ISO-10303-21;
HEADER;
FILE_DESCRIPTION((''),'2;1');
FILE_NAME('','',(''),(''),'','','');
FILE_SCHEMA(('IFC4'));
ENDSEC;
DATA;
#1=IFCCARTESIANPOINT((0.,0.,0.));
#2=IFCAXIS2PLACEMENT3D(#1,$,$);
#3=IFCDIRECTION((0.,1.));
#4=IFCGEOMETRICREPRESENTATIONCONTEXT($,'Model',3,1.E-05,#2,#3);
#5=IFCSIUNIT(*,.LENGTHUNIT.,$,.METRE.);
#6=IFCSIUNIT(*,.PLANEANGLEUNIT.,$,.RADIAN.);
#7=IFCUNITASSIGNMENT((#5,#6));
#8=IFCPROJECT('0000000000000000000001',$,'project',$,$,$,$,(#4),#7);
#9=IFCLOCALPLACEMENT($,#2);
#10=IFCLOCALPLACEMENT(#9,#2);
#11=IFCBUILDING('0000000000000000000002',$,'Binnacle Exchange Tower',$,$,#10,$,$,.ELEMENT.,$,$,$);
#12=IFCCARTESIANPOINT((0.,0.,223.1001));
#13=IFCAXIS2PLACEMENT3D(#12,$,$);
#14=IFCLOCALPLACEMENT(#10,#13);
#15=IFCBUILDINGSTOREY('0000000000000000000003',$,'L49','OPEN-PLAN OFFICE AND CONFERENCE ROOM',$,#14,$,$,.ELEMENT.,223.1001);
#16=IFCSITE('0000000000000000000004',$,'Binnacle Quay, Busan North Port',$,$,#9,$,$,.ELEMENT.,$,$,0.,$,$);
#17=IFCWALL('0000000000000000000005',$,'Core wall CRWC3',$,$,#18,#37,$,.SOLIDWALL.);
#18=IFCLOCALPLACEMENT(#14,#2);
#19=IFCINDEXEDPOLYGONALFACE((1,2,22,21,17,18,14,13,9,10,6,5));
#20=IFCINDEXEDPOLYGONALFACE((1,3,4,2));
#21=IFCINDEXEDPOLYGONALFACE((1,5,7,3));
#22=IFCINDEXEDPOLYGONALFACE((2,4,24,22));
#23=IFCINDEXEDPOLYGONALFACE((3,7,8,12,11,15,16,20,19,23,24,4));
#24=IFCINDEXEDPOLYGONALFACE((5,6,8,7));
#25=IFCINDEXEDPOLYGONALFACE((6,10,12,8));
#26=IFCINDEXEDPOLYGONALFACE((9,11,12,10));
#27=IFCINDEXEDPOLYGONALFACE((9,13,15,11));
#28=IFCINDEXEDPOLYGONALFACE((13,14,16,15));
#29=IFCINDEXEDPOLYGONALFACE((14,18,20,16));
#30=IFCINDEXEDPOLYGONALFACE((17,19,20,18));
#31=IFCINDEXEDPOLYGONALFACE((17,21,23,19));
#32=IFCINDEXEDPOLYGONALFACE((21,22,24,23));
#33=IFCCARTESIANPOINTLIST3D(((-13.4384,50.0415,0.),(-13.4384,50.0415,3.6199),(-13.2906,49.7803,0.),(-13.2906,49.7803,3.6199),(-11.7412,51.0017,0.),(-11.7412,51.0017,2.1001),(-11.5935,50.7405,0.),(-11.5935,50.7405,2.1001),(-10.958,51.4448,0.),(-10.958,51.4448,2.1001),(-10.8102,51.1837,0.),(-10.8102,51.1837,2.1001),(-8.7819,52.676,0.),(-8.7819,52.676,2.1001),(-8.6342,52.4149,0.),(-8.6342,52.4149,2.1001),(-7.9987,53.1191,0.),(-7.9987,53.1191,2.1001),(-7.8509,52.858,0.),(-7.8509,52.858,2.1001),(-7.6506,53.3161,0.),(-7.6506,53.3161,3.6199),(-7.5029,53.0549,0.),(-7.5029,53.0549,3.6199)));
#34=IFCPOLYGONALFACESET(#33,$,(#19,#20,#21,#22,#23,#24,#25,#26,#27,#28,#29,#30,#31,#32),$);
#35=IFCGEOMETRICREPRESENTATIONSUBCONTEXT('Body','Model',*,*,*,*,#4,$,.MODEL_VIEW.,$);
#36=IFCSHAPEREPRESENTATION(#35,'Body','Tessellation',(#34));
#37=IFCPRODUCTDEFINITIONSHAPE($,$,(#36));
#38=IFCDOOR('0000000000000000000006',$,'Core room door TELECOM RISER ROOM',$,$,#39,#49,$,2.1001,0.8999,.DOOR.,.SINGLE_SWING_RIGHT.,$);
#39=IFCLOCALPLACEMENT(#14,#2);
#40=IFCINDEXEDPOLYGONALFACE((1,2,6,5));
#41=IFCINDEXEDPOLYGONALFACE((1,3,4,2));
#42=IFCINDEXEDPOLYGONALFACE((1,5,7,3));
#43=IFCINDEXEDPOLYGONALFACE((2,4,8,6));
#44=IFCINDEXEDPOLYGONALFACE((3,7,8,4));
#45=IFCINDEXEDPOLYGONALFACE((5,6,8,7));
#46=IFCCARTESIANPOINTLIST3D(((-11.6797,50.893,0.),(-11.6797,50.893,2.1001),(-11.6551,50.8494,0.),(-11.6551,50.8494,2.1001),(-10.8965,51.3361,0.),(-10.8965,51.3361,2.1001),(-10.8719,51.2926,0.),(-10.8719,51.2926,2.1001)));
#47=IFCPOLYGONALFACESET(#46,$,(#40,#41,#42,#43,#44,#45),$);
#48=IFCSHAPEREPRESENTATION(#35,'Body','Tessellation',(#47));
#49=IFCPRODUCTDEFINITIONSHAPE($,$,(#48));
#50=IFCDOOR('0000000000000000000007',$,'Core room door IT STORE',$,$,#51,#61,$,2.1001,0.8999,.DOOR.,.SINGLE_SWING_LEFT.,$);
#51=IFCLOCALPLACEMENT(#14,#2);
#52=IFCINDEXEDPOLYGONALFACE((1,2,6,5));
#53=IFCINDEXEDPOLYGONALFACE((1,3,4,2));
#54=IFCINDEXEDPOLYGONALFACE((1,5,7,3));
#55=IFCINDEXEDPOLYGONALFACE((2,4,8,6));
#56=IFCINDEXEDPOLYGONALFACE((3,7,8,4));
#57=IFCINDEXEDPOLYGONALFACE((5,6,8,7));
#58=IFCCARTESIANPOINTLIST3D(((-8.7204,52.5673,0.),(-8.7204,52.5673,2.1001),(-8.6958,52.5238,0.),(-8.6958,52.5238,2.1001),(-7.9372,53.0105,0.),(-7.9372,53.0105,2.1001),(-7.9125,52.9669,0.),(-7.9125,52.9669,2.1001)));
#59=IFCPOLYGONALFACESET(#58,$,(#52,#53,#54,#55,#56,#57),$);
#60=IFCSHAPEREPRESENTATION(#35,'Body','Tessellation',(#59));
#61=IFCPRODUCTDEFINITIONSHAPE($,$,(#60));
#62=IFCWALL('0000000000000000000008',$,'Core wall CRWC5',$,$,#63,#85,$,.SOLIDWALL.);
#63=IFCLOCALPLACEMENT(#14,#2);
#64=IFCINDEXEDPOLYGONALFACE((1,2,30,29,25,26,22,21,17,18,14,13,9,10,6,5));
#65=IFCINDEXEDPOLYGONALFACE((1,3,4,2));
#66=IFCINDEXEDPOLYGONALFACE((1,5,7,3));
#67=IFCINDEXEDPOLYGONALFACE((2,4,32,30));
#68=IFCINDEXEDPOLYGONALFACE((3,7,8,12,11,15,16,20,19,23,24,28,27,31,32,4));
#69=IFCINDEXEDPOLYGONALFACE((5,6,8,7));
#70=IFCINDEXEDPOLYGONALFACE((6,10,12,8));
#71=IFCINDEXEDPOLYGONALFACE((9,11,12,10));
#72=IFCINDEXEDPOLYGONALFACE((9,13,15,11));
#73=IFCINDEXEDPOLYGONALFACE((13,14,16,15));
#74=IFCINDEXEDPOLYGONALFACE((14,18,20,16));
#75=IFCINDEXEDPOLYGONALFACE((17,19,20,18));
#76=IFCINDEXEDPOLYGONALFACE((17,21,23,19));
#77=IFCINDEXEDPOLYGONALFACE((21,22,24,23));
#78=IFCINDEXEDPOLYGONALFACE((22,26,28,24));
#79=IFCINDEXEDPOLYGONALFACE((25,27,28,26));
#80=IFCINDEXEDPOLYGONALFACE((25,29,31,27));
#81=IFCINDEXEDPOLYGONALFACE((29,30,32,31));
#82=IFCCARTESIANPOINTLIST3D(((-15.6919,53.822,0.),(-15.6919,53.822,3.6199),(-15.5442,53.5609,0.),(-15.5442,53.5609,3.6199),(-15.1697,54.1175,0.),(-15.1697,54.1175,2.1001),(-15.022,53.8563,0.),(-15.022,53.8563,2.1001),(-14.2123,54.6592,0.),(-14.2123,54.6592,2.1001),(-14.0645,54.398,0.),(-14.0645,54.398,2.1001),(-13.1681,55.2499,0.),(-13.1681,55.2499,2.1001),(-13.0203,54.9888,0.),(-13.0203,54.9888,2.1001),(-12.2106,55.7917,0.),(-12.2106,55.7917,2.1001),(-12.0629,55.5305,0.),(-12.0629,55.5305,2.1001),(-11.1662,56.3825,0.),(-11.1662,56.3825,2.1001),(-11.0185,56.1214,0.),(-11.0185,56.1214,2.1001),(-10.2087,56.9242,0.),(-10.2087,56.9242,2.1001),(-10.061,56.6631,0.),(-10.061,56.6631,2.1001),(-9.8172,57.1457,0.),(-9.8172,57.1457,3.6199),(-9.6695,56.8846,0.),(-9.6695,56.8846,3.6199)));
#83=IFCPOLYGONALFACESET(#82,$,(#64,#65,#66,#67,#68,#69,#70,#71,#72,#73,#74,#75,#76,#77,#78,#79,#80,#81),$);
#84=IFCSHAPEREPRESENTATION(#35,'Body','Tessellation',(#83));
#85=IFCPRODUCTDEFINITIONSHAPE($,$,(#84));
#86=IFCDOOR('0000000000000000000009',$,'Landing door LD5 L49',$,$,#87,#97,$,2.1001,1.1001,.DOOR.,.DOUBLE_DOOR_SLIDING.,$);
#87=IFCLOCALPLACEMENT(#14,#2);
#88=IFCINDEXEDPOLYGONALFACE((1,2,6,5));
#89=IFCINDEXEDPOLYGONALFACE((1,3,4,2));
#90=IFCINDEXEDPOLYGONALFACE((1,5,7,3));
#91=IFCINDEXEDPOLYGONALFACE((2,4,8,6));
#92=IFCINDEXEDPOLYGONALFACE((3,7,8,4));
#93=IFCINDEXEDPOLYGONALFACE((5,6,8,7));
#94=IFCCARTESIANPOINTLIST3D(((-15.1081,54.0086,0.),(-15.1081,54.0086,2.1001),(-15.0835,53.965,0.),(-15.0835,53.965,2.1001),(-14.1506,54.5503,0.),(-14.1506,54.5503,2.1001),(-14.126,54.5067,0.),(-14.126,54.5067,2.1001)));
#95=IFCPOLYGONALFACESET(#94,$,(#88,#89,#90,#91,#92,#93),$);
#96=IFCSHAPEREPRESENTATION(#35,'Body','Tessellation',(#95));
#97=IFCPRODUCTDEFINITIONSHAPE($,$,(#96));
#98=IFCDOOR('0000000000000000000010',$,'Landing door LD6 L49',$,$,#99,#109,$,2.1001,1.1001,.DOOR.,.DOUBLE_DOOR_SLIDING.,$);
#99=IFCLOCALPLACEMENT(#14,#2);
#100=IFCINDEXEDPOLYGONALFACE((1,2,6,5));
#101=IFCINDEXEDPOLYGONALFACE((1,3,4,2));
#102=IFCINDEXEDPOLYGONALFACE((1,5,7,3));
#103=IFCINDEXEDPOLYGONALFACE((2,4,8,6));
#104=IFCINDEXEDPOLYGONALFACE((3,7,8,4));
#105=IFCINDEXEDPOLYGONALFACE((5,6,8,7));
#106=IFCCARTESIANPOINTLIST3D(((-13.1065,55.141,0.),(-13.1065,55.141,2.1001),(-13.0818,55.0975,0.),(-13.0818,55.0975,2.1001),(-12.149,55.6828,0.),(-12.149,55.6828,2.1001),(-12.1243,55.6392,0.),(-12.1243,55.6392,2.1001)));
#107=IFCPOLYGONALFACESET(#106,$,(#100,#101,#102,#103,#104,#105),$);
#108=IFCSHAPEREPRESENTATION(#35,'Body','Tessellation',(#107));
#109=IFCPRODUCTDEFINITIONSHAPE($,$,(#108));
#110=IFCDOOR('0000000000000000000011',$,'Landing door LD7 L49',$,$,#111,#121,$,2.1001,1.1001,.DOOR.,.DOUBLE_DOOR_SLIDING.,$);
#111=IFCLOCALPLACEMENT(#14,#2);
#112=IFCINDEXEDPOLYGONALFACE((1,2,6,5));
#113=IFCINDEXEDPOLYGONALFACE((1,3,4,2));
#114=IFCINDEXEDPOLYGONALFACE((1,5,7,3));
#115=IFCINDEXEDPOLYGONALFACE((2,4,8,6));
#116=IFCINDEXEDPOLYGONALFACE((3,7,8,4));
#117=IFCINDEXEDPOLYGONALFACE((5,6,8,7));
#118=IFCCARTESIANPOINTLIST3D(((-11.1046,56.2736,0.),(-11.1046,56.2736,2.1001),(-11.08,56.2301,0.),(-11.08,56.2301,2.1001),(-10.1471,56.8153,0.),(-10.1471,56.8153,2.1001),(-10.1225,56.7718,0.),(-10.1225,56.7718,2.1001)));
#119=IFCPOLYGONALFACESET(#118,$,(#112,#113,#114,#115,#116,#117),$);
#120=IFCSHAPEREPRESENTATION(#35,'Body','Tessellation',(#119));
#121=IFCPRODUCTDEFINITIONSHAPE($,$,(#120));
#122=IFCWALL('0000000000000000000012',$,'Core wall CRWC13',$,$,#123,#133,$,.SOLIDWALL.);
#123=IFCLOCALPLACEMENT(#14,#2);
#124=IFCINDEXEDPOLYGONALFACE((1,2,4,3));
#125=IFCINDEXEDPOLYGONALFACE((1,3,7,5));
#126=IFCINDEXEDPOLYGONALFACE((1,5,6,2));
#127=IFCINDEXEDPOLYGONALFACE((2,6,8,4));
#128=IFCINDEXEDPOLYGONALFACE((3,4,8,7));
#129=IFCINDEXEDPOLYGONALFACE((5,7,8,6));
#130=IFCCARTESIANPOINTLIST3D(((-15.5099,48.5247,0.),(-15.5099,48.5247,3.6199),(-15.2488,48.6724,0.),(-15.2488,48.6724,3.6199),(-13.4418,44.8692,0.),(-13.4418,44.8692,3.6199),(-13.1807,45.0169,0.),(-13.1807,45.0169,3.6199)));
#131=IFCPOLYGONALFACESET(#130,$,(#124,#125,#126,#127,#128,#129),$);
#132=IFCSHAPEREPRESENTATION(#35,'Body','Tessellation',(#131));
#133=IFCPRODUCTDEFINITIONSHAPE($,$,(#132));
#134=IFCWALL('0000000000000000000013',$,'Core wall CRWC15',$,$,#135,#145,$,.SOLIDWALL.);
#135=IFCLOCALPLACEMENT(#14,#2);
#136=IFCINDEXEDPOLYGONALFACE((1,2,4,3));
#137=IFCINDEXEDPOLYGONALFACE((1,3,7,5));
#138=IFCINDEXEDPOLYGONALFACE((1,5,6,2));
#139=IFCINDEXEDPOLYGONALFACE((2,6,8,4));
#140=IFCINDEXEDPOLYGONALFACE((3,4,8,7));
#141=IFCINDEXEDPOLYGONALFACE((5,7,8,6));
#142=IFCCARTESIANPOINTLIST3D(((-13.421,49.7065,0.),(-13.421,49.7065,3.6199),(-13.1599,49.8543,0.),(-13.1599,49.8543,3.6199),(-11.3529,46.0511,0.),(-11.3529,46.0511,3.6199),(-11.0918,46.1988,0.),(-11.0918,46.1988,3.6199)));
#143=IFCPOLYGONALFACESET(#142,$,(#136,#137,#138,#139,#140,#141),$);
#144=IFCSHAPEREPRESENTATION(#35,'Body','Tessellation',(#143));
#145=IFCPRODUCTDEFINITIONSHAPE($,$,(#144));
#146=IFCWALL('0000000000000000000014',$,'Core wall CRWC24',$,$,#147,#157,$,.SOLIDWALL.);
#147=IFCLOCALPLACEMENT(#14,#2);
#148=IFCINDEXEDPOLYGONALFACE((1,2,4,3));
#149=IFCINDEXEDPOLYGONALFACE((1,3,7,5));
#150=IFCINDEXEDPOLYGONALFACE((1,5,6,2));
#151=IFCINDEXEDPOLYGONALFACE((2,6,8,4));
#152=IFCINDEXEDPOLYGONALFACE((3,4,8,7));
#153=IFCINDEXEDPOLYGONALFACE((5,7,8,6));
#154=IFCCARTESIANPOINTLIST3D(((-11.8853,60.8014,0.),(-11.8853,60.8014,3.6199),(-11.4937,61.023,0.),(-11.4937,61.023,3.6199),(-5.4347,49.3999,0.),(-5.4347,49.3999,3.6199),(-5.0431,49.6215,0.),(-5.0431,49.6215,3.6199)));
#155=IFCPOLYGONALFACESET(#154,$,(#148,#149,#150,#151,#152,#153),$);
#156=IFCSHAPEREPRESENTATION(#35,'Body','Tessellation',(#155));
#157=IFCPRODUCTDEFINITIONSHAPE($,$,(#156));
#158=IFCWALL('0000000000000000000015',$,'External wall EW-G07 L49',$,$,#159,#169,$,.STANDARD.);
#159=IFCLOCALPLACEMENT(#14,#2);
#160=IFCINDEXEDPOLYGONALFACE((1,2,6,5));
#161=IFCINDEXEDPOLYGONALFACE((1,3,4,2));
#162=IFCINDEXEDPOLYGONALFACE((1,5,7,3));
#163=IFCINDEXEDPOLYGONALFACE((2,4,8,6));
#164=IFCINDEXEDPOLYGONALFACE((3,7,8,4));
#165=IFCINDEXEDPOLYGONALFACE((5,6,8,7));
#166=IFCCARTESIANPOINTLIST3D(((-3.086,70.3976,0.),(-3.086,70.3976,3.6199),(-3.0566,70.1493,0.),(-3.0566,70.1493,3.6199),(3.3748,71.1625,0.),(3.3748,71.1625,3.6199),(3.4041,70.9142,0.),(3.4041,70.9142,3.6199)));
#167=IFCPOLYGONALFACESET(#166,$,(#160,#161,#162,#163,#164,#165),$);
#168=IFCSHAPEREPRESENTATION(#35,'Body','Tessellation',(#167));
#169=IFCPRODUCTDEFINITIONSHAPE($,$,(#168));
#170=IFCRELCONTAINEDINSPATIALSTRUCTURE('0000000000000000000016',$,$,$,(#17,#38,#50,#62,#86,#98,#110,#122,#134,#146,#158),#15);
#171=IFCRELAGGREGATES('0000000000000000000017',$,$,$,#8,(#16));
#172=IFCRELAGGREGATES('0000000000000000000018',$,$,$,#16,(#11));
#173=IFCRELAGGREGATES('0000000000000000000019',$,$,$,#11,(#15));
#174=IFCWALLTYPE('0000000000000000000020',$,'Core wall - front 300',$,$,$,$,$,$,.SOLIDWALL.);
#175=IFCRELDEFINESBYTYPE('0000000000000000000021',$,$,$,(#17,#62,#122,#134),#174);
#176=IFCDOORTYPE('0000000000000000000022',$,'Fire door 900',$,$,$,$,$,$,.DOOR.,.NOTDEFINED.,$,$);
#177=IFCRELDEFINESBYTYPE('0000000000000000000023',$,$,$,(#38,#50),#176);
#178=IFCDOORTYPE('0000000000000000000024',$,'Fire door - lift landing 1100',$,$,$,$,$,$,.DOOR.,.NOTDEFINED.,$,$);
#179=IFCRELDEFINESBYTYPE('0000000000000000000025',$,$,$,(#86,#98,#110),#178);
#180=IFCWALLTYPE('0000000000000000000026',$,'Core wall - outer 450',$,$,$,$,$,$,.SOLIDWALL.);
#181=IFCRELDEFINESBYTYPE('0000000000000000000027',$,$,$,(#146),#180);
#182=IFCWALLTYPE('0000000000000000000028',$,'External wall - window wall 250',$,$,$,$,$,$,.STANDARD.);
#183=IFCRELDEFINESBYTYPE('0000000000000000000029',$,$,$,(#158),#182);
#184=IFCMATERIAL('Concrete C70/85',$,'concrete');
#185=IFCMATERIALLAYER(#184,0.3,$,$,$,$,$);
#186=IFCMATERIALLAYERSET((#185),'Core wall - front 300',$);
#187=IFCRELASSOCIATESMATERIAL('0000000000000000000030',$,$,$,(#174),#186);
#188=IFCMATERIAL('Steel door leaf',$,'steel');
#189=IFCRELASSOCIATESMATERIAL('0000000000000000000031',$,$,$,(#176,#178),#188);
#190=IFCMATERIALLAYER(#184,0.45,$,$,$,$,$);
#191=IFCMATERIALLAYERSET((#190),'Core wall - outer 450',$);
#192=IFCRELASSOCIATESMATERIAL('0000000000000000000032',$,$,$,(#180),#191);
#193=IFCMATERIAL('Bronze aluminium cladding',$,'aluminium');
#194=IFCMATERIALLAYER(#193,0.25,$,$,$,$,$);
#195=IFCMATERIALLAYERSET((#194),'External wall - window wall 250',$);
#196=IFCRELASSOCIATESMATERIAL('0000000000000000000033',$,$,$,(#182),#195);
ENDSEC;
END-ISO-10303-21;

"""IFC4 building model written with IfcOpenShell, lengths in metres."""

from ifc_helpers import new_model, si_unit, direction, frame, frame_2d, origin, place, context, subcontext, project, spatial, rectangle, extrude, material, layer, layer_set, type_object, element, fill, save


model = new_model("IFC4")

# Units and contexts
model_context = context("Model", 3, precision=1e-05, world=origin(), true_north=direction((0.0, 1.0)))
body_context = subcontext(model_context, "Body", "Model", "MODEL_VIEW")
ifc_project = project(units=[si_unit("LENGTHUNIT", "METRE"), si_unit("PLANEANGLEUNIT", "RADIAN")], contexts=[model_context])

# Site, building, storey
site_placement = place(None, origin())
site = spatial("IfcSite", under=ifc_project, at=site_placement, Name="Binnacle Quay, Busan North Port", CompositionType="ELEMENT", RefElevation=0.0)
building_placement = place(site_placement, origin())
building = spatial("IfcBuilding", under=site, at=building_placement, Name="Binnacle Exchange Tower", CompositionType="ELEMENT")
storey_placement = place(building_placement, frame((0.0, 0.0, 223.1001)))
storey = spatial("IfcBuildingStorey", under=building, at=storey_placement, Name="L49", Description="OPEN-PLAN OFFICE AND CONFERENCE ROOM", CompositionType="ELEMENT", Elevation=223.1001)

# Walls, openings, doors
ifc_material_1 = material(Name="Concrete C70/85", Category="concrete")
ifc_layer_1 = layer(ifc_material_1, 0.3)
ifc_layer_set_1 = layer_set([ifc_layer_1], Name="Core wall - front 300")
wall_type_1 = type_object("IfcWallType", Name="Core wall - front 300", PredefinedType="SOLIDWALL", material=ifc_layer_set_1)
wall_1_placement = place(storey_placement, frame((-13.3645, 49.9109, 0.0), z_axis=(0.0, 0.0, 1.0), x_axis=(0.870352, 0.49243, 0.0)))
wall_1 = element("IfcWall", 1, at=wall_1_placement, inside=storey, type_object=wall_type_1, Name="Core wall CRWC3", PredefinedType="SOLIDWALL", context=body_context, shape_type="SweptSolid", body=[
    extrude(rectangle(XDim=6.6499, YDim=0.3, at=frame_2d((3.325, 0.0))), origin(), (0.0, 0.0, 1.0), 3.6199),
])
opening_1_placement = place(wall_1_placement, frame((1.95, 0.0, 0.0)))
opening_1 = element("IfcOpeningElement", 2, at=opening_1_placement, cuts=wall_1, PredefinedType="OPENING", context=body_context, shape_type="SweptSolid", body=[
    extrude(rectangle(XDim=0.8999, YDim=2.1001, at=frame_2d((0.45, 1.05))), frame((0.0, 0.1599, 0.0), z_axis=(0.0, -1.0, 0.0), x_axis=(1.0, 0.0, 0.0)), (0.0, 0.0, 1.0), 0.3201),
])
opening_2_placement = place(wall_1_placement, frame((5.3501, 0.0, 0.0)))
opening_2 = element("IfcOpeningElement", 3, at=opening_2_placement, cuts=wall_1, PredefinedType="OPENING", context=body_context, shape_type="SweptSolid", body=[
    extrude(rectangle(XDim=0.8999, YDim=2.1001, at=frame_2d((0.45, 1.05))), frame((0.0, 0.1599, 0.0), z_axis=(0.0, -1.0, 0.0), x_axis=(1.0, 0.0, 0.0)), (0.0, 0.0, 1.0), 0.3201),
])
ifc_material_2 = material(Name="Steel door leaf", Category="steel")
door_type_1 = type_object("IfcDoorType", Name="Fire door 900", OperationType="NOTDEFINED", PredefinedType="DOOR", material=ifc_material_2)
door_1_placement = place(opening_1_placement, frame((0.8999, 0.0, 0.0), z_axis=(0.0, 0.0, 1.0), x_axis=(-1.0, 0.0, 0.0)))
door_1 = element("IfcDoor", 4, at=door_1_placement, inside=storey, type_object=door_type_1, Name="Core room door TELECOM RISER ROOM", OperationType="SINGLE_SWING_RIGHT", OverallHeight=2.1001, OverallWidth=0.8999, PredefinedType="DOOR", context=body_context, shape_type="SweptSolid", body=[
    extrude(rectangle(XDim=0.8999, YDim=2.1001, at=frame_2d((0.45, 1.05))), frame((0.0, 0.0249, 0.0), z_axis=(0.0, -1.0, 0.0), x_axis=(1.0, 0.0, 0.0)), (0.0, 0.0, 1.0), 0.05),
])
fill(opening_1, door_1)
door_2_placement = place(opening_2_placement, frame((0.8999, 0.0, 0.0), z_axis=(0.0, 0.0, 1.0), x_axis=(-1.0, 0.0, 0.0)))
door_2 = element("IfcDoor", 5, at=door_2_placement, inside=storey, type_object=door_type_1, Name="Core room door IT STORE", OperationType="SINGLE_SWING_LEFT", OverallHeight=2.1001, OverallWidth=0.8999, PredefinedType="DOOR", context=body_context, shape_type="SweptSolid", body=[
    extrude(rectangle(XDim=0.8999, YDim=2.1001, at=frame_2d((0.45, 1.05))), frame((0.0, 0.0249, 0.0), z_axis=(0.0, -1.0, 0.0), x_axis=(1.0, 0.0, 0.0)), (0.0, 0.0, 1.0), 0.05),
])
fill(opening_2, door_2)
wall_2_placement = place(storey_placement, frame((-15.6182, 53.6914, 0.0), z_axis=(0.0, 0.0, 1.0), x_axis=(0.870359, 0.492418, 0.0)))
wall_2 = element("IfcWall", 6, at=wall_2_placement, inside=storey, type_object=wall_type_1, Name="Core wall CRWC5", PredefinedType="SOLIDWALL", context=body_context, shape_type="SweptSolid", body=[
    extrude(rectangle(XDim=6.7498, YDim=0.3, at=frame_2d((3.375, 0.0))), origin(), (0.0, 0.0, 1.0), 3.6199),
])
opening_3_placement = place(wall_2_placement, frame((0.6001, 0.0, 0.0)))
opening_3 = element("IfcOpeningElement", 7, at=opening_3_placement, cuts=wall_2, PredefinedType="OPENING", context=body_context, shape_type="SweptSolid", body=[
    extrude(rectangle(XDim=1.1001, YDim=2.1001, at=frame_2d((0.55, 1.05))), frame((0.0, 0.1599, 0.0), z_axis=(0.0, -1.0, 0.0), x_axis=(1.0, 0.0, 0.0)), (0.0, 0.0, 1.0), 0.3201),
])
opening_4_placement = place(wall_2_placement, frame((2.8999, 0.0, 0.0)))
opening_4 = element("IfcOpeningElement", 8, at=opening_4_placement, cuts=wall_2, PredefinedType="OPENING", context=body_context, shape_type="SweptSolid", body=[
    extrude(rectangle(XDim=1.1001, YDim=2.1001, at=frame_2d((0.55, 1.05))), frame((0.0, 0.1599, 0.0), z_axis=(0.0, -1.0, 0.0), x_axis=(1.0, 0.0, 0.0)), (0.0, 0.0, 1.0), 0.3201),
])
opening_5_placement = place(wall_2_placement, frame((5.2, 0.0, 0.0)))
opening_5 = element("IfcOpeningElement", 9, at=opening_5_placement, cuts=wall_2, PredefinedType="OPENING", context=body_context, shape_type="SweptSolid", body=[
    extrude(rectangle(XDim=1.1001, YDim=2.1001, at=frame_2d((0.55, 1.05))), frame((0.0, 0.1599, 0.0), z_axis=(0.0, -1.0, 0.0), x_axis=(1.0, 0.0, 0.0)), (0.0, 0.0, 1.0), 0.3201),
])
door_type_2 = type_object("IfcDoorType", Name="Fire door - lift landing 1100", OperationType="NOTDEFINED", PredefinedType="DOOR", material=ifc_material_2)
door_3_placement = place(opening_3_placement, origin())
door_3 = element("IfcDoor", 10, at=door_3_placement, inside=storey, type_object=door_type_2, Name="Landing door LD5 L49", OperationType="DOUBLE_DOOR_SLIDING", OverallHeight=2.1001, OverallWidth=1.1001, PredefinedType="DOOR", context=body_context, shape_type="SweptSolid", body=[
    extrude(rectangle(XDim=1.1001, YDim=2.1001, at=frame_2d((0.55, 1.05))), frame((0.0, 0.0249, 0.0), z_axis=(0.0, -1.0, 0.0), x_axis=(1.0, 0.0, 0.0)), (0.0, 0.0, 1.0), 0.05),
])
fill(opening_3, door_3)
door_4_placement = place(opening_4_placement, origin())
door_4 = element("IfcDoor", 11, at=door_4_placement, inside=storey, type_object=door_type_2, Name="Landing door LD6 L49", OperationType="DOUBLE_DOOR_SLIDING", OverallHeight=2.1001, OverallWidth=1.1001, PredefinedType="DOOR", context=body_context, shape_type="SweptSolid", body=[
    extrude(rectangle(XDim=1.1001, YDim=2.1001, at=frame_2d((0.55, 1.05))), frame((0.0, 0.0249, 0.0), z_axis=(0.0, -1.0, 0.0), x_axis=(1.0, 0.0, 0.0)), (0.0, 0.0, 1.0), 0.05),
])
fill(opening_4, door_4)
door_5_placement = place(opening_5_placement, origin())
door_5 = element("IfcDoor", 12, at=door_5_placement, inside=storey, type_object=door_type_2, Name="Landing door LD7 L49", OperationType="DOUBLE_DOOR_SLIDING", OverallHeight=2.1001, OverallWidth=1.1001, PredefinedType="DOOR", context=body_context, shape_type="SweptSolid", body=[
    extrude(rectangle(XDim=1.1001, YDim=2.1001, at=frame_2d((0.55, 1.05))), frame((0.0, 0.0249, 0.0), z_axis=(0.0, -1.0, 0.0), x_axis=(1.0, 0.0, 0.0)), (0.0, 0.0, 1.0), 0.05),
])
fill(opening_5, door_5)

# Walls
for number, where, z_axis, x_axis, name in (
    (13, (-15.3794, 48.5986, 0.0), (0.0, 0.0, 1.0), (0.49241, -0.870364, 0.0), "Core wall CRWC13"),
    (14, (-13.2905, 49.7805, 0.0), (0.0, 0.0, 1.0), (0.49241, -0.870364, 0.0), "Core wall CRWC15"),
):
    element("IfcWall", number, at=place(storey_placement, frame(where, z_axis=z_axis, x_axis=x_axis)), inside=storey, type_object=wall_type_1, Name=name, PredefinedType="SOLIDWALL", context=body_context, shape_type="SweptSolid", body=[
        extrude(rectangle(XDim=4.2, YDim=0.3, at=frame_2d((2.1001, 0.0))), origin(), (0.0, 0.0, 1.0), 3.6199),
    ])
ifc_layer_2 = layer(ifc_material_1, 0.45)
ifc_layer_set_2 = layer_set([ifc_layer_2], Name="Core wall - outer 450")
wall_type_2 = type_object("IfcWallType", Name="Core wall - outer 450", PredefinedType="SOLIDWALL", material=ifc_layer_set_2)
wall_3_placement = place(storey_placement, frame((-11.6895, 60.9121, 0.0), z_axis=(0.0, 0.0, 1.0), x_axis=(0.492421, -0.870357, 0.0)))
element("IfcWall", 15, at=wall_3_placement, inside=storey, type_object=wall_type_2, Name="Core wall CRWC24", PredefinedType="SOLIDWALL", context=body_context, shape_type="SweptSolid", body=[
    extrude(rectangle(XDim=13.0999, YDim=0.45, at=frame_2d((6.5498, 0.0))), origin(), (0.0, 0.0, 1.0), 3.6199),
])
ifc_material_3 = material(Name="Bronze aluminium cladding", Category="aluminium")
ifc_layer_3 = layer(ifc_material_3, 0.25)
ifc_layer_set_3 = layer_set([ifc_layer_3], Name="External wall - window wall 250")
wall_type_3 = type_object("IfcWallType", Name="External wall - window wall 250", PredefinedType="STANDARD", material=ifc_layer_set_3)
wall_4_placement = place(storey_placement, frame((-3.0713, 70.2734, 0.0), z_axis=(0.0, 0.0, 1.0), x_axis=(0.993065, 0.117571, 0.0)))
element("IfcWall", 16, at=wall_4_placement, inside=storey, type_object=wall_type_3, Name="External wall EW-G07 L49", PredefinedType="STANDARD", context=body_context, shape_type="SweptSolid", body=[
    extrude(rectangle(XDim=6.5059, YDim=0.25, at=frame_2d((3.2529, 0.0))), origin(), (0.0, 0.0, 1.0), 3.6199),
])

save(model, "model.ifc")
